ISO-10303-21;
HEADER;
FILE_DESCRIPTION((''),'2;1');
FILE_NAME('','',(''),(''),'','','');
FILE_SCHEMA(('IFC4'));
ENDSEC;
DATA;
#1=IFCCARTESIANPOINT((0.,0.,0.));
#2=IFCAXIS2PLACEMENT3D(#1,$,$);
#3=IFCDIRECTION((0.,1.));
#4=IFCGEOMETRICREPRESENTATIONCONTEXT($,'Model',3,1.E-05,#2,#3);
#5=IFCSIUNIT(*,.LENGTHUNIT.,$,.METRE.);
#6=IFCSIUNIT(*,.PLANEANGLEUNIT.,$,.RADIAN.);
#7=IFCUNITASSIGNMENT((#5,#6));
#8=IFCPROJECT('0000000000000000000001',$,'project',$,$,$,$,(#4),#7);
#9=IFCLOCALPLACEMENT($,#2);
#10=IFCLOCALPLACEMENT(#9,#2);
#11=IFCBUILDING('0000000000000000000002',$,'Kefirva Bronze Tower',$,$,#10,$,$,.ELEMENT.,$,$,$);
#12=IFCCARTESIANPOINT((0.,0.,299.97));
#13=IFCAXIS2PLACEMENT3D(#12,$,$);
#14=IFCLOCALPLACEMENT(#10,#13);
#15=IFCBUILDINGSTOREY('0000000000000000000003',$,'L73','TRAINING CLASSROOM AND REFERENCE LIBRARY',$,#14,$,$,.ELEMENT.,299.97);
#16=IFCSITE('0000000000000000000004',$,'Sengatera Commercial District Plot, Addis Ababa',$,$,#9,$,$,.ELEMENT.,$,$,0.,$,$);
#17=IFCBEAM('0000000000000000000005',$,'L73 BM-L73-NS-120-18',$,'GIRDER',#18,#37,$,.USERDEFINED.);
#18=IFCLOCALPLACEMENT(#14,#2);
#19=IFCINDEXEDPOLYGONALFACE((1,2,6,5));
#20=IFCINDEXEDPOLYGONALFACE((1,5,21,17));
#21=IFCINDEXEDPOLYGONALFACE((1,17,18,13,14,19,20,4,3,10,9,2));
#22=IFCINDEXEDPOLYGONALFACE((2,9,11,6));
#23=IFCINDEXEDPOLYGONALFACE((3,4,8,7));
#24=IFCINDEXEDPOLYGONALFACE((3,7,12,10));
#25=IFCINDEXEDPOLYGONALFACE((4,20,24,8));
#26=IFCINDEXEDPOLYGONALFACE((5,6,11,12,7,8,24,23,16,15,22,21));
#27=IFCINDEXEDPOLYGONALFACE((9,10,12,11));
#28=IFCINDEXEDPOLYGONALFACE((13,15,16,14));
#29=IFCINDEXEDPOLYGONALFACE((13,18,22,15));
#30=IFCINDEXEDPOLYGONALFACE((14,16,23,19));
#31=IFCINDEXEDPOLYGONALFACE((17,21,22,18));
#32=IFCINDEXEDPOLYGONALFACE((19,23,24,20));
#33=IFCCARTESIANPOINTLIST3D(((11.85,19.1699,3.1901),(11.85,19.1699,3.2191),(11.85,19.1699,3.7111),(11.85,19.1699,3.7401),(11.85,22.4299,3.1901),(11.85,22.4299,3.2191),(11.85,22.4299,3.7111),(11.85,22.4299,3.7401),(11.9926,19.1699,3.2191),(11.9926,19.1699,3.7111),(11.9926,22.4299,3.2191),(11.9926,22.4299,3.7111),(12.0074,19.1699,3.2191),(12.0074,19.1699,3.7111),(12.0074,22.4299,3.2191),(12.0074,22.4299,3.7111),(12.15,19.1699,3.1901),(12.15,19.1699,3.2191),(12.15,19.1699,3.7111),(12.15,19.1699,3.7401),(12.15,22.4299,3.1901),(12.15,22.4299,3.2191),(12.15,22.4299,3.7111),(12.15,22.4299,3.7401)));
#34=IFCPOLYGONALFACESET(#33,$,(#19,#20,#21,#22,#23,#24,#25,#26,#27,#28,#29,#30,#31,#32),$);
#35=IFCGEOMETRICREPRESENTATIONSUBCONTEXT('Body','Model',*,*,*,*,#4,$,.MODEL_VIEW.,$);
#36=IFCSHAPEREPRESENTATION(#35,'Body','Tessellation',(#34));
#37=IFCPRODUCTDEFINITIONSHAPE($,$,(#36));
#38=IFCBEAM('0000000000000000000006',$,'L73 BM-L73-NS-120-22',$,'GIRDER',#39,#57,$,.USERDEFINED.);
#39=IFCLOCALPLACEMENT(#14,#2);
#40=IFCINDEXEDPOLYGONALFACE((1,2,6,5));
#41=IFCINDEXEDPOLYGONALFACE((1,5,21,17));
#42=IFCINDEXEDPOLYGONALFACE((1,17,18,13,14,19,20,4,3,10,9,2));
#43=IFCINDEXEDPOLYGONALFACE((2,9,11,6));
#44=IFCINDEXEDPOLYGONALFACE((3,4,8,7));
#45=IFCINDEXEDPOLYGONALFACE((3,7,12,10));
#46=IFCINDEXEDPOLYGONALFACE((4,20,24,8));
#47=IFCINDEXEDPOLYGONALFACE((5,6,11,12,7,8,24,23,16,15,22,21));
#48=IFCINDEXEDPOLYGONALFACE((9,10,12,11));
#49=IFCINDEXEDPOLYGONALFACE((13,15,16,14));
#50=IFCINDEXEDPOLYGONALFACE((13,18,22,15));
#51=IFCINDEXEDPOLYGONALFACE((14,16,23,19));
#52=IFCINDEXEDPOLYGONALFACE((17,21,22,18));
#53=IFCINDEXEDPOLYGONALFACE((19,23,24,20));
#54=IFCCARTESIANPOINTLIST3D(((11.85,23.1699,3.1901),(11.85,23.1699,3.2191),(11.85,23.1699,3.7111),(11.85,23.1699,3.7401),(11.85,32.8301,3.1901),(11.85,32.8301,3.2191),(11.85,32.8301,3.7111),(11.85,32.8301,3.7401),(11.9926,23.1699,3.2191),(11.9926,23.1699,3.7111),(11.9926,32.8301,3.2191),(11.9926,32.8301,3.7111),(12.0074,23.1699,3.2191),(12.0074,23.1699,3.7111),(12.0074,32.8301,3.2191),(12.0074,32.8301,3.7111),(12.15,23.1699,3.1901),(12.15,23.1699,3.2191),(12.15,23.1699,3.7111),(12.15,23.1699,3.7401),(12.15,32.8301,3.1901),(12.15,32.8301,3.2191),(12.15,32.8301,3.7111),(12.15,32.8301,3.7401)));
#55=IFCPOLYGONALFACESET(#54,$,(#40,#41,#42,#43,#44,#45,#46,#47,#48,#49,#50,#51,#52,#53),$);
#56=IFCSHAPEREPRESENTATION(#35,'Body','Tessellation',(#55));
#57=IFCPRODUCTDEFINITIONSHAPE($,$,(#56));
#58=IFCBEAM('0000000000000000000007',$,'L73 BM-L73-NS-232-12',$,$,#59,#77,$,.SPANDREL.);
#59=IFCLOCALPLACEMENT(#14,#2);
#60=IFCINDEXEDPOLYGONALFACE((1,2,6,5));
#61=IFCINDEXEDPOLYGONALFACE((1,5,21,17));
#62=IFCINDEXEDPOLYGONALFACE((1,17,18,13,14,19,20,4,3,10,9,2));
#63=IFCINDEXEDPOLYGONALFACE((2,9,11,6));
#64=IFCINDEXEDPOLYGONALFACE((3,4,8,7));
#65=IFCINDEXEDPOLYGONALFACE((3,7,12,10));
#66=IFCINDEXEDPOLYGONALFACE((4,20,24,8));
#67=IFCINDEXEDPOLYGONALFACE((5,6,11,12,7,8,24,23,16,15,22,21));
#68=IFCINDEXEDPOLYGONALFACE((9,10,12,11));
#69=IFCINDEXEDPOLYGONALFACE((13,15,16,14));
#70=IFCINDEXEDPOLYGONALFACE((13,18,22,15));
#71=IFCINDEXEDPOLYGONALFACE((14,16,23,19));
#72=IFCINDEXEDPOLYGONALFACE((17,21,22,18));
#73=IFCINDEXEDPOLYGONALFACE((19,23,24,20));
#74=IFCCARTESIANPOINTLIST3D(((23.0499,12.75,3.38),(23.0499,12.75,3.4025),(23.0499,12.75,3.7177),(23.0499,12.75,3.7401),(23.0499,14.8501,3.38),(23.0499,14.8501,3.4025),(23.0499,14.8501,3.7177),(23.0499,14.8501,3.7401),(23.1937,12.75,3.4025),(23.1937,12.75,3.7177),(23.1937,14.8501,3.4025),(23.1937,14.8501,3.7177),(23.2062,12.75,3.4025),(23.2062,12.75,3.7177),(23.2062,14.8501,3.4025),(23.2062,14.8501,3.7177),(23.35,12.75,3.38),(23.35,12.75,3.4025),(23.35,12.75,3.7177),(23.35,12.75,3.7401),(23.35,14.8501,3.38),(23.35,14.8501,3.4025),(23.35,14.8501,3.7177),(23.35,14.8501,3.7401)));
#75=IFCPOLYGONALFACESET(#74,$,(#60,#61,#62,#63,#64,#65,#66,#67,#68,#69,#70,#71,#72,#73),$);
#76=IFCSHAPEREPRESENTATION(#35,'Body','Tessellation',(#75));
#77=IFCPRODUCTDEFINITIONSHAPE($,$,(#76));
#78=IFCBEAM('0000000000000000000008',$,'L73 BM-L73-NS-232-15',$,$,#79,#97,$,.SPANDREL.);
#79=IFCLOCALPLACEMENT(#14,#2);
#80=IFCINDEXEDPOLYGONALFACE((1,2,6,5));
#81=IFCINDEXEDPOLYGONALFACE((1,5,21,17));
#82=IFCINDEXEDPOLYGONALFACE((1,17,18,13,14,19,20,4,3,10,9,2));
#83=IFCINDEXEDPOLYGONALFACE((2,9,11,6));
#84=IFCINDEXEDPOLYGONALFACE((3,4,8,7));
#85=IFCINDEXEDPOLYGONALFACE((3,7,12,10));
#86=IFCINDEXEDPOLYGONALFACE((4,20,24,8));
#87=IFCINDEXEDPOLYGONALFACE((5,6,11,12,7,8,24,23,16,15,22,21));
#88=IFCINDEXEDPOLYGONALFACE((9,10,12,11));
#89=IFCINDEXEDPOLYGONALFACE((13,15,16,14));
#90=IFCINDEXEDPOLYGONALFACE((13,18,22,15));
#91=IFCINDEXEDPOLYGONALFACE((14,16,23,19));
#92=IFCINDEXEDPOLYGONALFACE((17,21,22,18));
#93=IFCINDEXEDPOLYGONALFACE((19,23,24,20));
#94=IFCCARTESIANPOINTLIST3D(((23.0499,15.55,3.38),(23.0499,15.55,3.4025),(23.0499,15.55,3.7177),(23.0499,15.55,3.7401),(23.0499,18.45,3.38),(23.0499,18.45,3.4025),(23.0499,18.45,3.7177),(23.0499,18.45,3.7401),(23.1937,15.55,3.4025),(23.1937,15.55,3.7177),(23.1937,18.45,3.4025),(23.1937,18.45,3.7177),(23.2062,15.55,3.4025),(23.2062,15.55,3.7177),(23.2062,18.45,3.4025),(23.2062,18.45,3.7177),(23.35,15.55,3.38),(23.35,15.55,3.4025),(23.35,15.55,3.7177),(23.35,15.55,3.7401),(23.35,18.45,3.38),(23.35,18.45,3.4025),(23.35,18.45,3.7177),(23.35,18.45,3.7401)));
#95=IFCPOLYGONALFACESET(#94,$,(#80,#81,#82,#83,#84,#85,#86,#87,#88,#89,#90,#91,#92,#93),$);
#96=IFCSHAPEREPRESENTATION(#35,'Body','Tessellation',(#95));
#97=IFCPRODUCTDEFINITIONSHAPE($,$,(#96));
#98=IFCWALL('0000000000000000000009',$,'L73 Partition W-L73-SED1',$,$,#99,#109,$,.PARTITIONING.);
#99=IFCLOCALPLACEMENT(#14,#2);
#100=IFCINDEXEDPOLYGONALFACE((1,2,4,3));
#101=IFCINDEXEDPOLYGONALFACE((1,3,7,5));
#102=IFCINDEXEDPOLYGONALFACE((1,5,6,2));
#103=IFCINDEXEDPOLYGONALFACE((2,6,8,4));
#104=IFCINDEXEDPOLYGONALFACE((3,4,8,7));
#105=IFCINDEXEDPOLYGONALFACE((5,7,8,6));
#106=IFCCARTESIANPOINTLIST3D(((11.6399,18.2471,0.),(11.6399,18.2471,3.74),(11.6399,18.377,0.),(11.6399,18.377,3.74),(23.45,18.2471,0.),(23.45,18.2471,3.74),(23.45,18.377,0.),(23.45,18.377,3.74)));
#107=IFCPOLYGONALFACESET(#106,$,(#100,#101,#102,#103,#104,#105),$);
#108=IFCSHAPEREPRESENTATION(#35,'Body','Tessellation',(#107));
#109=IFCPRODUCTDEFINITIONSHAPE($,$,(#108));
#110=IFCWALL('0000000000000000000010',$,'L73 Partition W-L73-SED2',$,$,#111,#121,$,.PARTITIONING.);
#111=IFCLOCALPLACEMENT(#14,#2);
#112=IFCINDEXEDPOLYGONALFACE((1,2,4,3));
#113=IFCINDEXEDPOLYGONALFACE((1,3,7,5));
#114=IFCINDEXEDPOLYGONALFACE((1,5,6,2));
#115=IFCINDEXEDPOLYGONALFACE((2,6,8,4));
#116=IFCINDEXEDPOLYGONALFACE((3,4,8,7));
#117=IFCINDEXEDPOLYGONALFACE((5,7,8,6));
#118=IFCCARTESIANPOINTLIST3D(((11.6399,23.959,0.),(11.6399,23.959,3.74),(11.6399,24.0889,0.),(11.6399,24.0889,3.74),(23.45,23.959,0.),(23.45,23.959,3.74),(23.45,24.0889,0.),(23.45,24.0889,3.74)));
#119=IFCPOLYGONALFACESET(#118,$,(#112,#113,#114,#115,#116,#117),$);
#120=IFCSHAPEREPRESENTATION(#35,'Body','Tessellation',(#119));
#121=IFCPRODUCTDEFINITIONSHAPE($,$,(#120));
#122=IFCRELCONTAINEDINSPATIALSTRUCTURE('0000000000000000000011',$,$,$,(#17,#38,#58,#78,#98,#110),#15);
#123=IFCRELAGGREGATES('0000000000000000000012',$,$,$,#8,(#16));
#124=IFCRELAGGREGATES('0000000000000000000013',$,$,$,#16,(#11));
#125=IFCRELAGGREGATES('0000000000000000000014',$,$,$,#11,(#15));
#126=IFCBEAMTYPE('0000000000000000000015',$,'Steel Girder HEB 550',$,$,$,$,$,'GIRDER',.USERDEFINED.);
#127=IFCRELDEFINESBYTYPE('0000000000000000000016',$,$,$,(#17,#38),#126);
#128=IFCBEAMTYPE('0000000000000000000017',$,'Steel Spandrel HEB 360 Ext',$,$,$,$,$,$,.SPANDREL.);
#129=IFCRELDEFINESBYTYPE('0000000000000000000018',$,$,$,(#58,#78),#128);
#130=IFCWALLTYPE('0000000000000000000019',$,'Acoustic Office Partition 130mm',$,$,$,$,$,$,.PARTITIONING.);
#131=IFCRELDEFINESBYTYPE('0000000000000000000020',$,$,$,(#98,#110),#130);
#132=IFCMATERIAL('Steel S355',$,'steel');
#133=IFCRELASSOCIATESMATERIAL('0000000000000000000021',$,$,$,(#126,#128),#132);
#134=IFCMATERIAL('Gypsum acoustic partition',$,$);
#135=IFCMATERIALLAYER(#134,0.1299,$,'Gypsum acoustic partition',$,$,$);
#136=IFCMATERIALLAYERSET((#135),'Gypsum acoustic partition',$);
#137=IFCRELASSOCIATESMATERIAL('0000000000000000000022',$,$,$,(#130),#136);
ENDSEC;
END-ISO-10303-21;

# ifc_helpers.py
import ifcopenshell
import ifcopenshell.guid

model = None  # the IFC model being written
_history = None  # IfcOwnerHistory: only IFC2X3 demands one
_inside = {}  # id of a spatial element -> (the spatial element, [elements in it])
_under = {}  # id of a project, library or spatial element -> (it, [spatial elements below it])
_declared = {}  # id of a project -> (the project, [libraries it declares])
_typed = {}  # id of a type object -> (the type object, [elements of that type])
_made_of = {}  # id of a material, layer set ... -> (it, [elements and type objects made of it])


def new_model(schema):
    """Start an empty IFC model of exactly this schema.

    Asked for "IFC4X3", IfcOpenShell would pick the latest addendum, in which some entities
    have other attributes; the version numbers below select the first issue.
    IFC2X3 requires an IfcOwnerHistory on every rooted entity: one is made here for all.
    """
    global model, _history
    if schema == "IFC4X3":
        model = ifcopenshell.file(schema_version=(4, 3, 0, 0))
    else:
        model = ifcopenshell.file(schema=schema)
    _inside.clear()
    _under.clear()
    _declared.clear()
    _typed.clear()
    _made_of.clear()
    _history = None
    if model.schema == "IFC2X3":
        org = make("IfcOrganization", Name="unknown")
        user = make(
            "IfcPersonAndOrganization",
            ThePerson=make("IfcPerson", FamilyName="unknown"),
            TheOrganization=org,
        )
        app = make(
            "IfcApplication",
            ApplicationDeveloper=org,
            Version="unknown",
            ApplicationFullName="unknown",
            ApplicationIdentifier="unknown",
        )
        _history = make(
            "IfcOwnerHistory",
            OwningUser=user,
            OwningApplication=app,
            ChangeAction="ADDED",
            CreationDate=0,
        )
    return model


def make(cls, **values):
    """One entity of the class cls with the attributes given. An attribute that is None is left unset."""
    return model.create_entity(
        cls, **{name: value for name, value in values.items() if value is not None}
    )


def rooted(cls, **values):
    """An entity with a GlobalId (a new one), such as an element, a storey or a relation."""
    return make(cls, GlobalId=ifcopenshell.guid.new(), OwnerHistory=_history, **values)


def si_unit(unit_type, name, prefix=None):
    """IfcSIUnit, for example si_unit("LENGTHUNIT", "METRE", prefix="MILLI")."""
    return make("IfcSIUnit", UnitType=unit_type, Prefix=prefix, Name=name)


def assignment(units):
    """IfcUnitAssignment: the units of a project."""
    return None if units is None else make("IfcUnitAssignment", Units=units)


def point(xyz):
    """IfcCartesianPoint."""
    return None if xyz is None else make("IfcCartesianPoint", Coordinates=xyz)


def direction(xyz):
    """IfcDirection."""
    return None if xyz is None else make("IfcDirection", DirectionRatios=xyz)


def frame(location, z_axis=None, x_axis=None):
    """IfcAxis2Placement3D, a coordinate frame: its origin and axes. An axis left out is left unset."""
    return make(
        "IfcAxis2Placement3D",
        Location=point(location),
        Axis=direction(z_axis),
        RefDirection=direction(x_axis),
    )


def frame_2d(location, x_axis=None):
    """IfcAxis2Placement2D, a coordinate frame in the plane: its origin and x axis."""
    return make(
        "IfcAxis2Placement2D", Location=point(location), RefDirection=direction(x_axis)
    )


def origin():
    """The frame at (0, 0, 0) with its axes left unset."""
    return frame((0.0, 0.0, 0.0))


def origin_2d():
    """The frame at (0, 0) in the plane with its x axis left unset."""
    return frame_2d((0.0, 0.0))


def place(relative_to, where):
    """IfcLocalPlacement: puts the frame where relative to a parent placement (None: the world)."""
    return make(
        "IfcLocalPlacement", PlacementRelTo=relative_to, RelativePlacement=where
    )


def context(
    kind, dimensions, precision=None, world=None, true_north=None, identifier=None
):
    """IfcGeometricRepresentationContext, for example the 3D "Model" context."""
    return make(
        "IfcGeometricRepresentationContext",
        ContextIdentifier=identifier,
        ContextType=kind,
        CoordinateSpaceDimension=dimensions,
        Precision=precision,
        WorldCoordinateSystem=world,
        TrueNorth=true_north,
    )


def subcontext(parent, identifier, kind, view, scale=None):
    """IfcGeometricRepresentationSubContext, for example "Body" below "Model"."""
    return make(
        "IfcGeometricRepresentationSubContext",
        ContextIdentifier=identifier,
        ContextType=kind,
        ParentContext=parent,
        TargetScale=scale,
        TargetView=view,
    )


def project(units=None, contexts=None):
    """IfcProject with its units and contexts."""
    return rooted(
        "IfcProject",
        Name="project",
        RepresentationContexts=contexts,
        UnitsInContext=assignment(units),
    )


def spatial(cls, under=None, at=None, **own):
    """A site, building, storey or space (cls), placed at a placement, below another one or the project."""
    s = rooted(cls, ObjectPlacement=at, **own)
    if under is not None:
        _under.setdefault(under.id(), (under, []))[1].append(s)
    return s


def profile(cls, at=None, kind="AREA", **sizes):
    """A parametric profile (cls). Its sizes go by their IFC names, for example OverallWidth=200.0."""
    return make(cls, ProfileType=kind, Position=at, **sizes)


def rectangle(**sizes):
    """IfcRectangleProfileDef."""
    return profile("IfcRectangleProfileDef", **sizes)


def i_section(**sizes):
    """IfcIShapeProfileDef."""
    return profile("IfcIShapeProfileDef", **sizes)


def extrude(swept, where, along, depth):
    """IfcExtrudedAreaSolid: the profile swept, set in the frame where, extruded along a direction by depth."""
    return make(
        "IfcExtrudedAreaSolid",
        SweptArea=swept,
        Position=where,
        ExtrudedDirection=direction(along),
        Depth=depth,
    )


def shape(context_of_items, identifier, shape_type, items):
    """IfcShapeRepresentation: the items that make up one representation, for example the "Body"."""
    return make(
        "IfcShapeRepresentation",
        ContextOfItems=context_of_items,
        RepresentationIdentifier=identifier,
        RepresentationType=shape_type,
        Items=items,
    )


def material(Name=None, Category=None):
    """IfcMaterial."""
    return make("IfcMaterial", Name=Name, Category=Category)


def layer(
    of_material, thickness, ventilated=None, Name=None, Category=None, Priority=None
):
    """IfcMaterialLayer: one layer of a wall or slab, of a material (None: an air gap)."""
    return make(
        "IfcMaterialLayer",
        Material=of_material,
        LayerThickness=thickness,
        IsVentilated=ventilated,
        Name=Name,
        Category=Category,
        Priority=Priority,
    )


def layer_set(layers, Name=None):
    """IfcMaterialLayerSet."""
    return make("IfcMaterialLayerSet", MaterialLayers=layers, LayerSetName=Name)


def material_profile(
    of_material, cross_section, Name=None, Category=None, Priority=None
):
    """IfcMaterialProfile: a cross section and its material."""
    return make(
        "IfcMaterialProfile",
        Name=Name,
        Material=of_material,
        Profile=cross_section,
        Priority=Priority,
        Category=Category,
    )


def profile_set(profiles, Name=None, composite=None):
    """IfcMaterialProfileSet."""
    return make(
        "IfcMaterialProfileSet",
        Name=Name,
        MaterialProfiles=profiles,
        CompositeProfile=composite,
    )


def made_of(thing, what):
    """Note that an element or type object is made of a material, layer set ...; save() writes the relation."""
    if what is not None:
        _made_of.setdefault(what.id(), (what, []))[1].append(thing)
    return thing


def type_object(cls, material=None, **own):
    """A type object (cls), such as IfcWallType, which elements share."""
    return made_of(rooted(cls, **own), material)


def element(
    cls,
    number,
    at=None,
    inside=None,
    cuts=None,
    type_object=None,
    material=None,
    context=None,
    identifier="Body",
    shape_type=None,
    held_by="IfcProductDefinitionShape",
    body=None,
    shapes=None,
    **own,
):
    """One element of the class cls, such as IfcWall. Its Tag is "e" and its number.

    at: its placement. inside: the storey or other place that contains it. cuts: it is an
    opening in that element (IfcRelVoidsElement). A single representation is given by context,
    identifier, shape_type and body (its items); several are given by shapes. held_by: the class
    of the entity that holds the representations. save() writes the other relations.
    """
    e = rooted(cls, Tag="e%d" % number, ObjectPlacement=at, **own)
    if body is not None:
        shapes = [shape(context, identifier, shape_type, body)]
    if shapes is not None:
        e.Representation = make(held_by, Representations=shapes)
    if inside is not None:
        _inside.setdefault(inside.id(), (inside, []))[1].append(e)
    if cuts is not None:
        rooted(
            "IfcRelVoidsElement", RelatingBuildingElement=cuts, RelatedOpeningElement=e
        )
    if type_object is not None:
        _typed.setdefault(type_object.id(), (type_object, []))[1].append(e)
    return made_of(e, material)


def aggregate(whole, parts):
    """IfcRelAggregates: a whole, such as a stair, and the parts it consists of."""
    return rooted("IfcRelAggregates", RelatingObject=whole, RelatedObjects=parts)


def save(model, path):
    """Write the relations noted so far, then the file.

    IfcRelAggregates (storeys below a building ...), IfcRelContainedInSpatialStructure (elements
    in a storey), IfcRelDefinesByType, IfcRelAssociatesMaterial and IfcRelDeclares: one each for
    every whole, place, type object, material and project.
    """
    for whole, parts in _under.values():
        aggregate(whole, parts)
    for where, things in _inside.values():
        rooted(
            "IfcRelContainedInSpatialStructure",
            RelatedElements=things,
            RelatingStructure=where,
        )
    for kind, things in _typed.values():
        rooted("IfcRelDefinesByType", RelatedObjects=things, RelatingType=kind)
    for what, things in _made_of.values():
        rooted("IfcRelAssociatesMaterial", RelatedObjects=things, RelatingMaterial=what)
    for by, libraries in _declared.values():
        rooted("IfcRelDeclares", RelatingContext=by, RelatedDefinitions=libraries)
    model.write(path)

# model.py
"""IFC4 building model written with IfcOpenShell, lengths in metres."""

from ifc_helpers import new_model, si_unit, direction, frame, frame_2d, origin, origin_2d, place, context, subcontext, project, spatial, rectangle, i_section, extrude, material, layer, layer_set, material_profile, profile_set, type_object, element, save


model = new_model("IFC4")

# Units and contexts
model_context = context("Model", 3, precision=1e-05, world=origin(), true_north=direction((0.0, 1.0)))
body_context = subcontext(model_context, "Body", "Model", "MODEL_VIEW")
ifc_project = project(units=[si_unit("LENGTHUNIT", "METRE"), si_unit("PLANEANGLEUNIT", "RADIAN")], contexts=[model_context])

# Site, building, storey
site_placement = place(None, origin())
site = spatial("IfcSite", under=ifc_project, at=site_placement, Name="Sengatera Commercial District Plot, Addis Ababa", CompositionType="ELEMENT", RefElevation=0.0)
building_placement = place(site_placement, origin())
building = spatial("IfcBuilding", under=site, at=building_placement, Name="Kefirva Bronze Tower", CompositionType="ELEMENT")
storey_placement = place(building_placement, frame((0.0, 0.0, 299.97)))
storey = spatial("IfcBuildingStorey", under=building, at=storey_placement, Name="L73", Description="TRAINING CLASSROOM AND REFERENCE LIBRARY", CompositionType="ELEMENT", Elevation=299.97)

# Beams
ifc_material_1 = material(Name="Steel S355", Category="steel")
ifc_material_profile_1 = material_profile(ifc_material_1, i_section(OverallWidth=0.3, OverallDepth=0.55, WebThickness=0.0149, FlangeThickness=0.0291, at=origin_2d()), Name="HEB 550")
ifc_profile_set_1 = profile_set([ifc_material_profile_1], Name="Steel S355")
beam_type_1 = type_object("IfcBeamType", Name="Steel Girder HEB 550", ElementType="GIRDER", PredefinedType="USERDEFINED", material=ifc_profile_set_1)
beam_1_placement = place(storey_placement, frame((12.0, 19.1699, 3.4651), z_axis=(0.0, 1.0, 0.0), x_axis=(-1.0, 0.0, 0.0)))
element("IfcBeam", 1, at=beam_1_placement, inside=storey, type_object=beam_type_1, Name="L73 BM-L73-NS-120-18", ObjectType="GIRDER", PredefinedType="USERDEFINED", context=body_context, shape_type="SweptSolid", body=[
    extrude(i_section(OverallWidth=0.3, OverallDepth=0.55, WebThickness=0.0149, FlangeThickness=0.0291, at=origin_2d()), origin(), (0.0, 0.0, 1.0), 3.26),
])
beam_2_placement = place(storey_placement, frame((12.0, 23.1699, 3.4651), z_axis=(0.0, 1.0, 0.0), x_axis=(-1.0, 0.0, 0.0)))
element("IfcBeam", 2, at=beam_2_placement, inside=storey, type_object=beam_type_1, Name="L73 BM-L73-NS-120-22", ObjectType="GIRDER", PredefinedType="USERDEFINED", context=body_context, shape_type="SweptSolid", body=[
    extrude(i_section(OverallWidth=0.3, OverallDepth=0.55, WebThickness=0.0149, FlangeThickness=0.0291, at=origin_2d()), origin(), (0.0, 0.0, 1.0), 9.6602),
])
ifc_material_profile_2 = material_profile(ifc_material_1, i_section(OverallWidth=0.3, OverallDepth=0.3601, WebThickness=0.0125, FlangeThickness=0.0225, at=origin_2d()), Name="HEB 360")
ifc_profile_set_2 = profile_set([ifc_material_profile_2], Name="Steel S355")
beam_type_2 = type_object("IfcBeamType", Name="Steel Spandrel HEB 360 Ext", PredefinedType="SPANDREL", material=ifc_profile_set_2)
beam_3_placement = place(storey_placement, frame((23.2, 12.75, 3.5601), z_axis=(0.0, 1.0, 0.0), x_axis=(-1.0, 0.0, 0.0)))
element("IfcBeam", 3, at=beam_3_placement, inside=storey, type_object=beam_type_2, Name="L73 BM-L73-NS-232-12", PredefinedType="SPANDREL", context=body_context, shape_type="SweptSolid", body=[
    extrude(i_section(OverallWidth=0.3, OverallDepth=0.3601, WebThickness=0.0125, FlangeThickness=0.0225, at=origin_2d()), origin(), (0.0, 0.0, 1.0), 2.1001),
])
beam_4_placement = place(storey_placement, frame((23.2, 15.55, 3.5601), z_axis=(0.0, 1.0, 0.0), x_axis=(-1.0, 0.0, 0.0)))
element("IfcBeam", 4, at=beam_4_placement, inside=storey, type_object=beam_type_2, Name="L73 BM-L73-NS-232-15", PredefinedType="SPANDREL", context=body_context, shape_type="SweptSolid", body=[
    extrude(i_section(OverallWidth=0.3, OverallDepth=0.3601, WebThickness=0.0125, FlangeThickness=0.0225, at=origin_2d()), origin(), (0.0, 0.0, 1.0), 2.8999),
])

# Walls
ifc_material_2 = material(Name="Gypsum acoustic partition")
ifc_layer_1 = layer(ifc_material_2, 0.1299, Name="Gypsum acoustic partition")
ifc_layer_set_1 = layer_set([ifc_layer_1], Name="Gypsum acoustic partition")
wall_type_1 = type_object("IfcWallType", Name="Acoustic Office Partition 130mm", PredefinedType="PARTITIONING", material=ifc_layer_set_1)
for number, where, z_axis, x_axis, name in (
    (5, (11.6399, 18.312, 0.0), (0.0, 0.0, 1.0), (1.0, 0.0, 0.0), "L73 Partition W-L73-SED1"),
    (6, (11.6399, 24.0239, 0.0), (0.0, 0.0, 1.0), (1.0, 0.0, 0.0), "L73 Partition W-L73-SED2"),
):
    element("IfcWall", number, at=place(storey_placement, frame(where, z_axis=z_axis, x_axis=x_axis)), inside=storey, type_object=wall_type_1, Name=name, PredefinedType="PARTITIONING", context=body_context, shape_type="SweptSolid", body=[
        extrude(rectangle(XDim=11.8101, YDim=0.1299, at=frame_2d((5.905, 0.0))), origin(), (0.0, 0.0, 1.0), 3.74),
    ])

save(model, "model.ifc")
